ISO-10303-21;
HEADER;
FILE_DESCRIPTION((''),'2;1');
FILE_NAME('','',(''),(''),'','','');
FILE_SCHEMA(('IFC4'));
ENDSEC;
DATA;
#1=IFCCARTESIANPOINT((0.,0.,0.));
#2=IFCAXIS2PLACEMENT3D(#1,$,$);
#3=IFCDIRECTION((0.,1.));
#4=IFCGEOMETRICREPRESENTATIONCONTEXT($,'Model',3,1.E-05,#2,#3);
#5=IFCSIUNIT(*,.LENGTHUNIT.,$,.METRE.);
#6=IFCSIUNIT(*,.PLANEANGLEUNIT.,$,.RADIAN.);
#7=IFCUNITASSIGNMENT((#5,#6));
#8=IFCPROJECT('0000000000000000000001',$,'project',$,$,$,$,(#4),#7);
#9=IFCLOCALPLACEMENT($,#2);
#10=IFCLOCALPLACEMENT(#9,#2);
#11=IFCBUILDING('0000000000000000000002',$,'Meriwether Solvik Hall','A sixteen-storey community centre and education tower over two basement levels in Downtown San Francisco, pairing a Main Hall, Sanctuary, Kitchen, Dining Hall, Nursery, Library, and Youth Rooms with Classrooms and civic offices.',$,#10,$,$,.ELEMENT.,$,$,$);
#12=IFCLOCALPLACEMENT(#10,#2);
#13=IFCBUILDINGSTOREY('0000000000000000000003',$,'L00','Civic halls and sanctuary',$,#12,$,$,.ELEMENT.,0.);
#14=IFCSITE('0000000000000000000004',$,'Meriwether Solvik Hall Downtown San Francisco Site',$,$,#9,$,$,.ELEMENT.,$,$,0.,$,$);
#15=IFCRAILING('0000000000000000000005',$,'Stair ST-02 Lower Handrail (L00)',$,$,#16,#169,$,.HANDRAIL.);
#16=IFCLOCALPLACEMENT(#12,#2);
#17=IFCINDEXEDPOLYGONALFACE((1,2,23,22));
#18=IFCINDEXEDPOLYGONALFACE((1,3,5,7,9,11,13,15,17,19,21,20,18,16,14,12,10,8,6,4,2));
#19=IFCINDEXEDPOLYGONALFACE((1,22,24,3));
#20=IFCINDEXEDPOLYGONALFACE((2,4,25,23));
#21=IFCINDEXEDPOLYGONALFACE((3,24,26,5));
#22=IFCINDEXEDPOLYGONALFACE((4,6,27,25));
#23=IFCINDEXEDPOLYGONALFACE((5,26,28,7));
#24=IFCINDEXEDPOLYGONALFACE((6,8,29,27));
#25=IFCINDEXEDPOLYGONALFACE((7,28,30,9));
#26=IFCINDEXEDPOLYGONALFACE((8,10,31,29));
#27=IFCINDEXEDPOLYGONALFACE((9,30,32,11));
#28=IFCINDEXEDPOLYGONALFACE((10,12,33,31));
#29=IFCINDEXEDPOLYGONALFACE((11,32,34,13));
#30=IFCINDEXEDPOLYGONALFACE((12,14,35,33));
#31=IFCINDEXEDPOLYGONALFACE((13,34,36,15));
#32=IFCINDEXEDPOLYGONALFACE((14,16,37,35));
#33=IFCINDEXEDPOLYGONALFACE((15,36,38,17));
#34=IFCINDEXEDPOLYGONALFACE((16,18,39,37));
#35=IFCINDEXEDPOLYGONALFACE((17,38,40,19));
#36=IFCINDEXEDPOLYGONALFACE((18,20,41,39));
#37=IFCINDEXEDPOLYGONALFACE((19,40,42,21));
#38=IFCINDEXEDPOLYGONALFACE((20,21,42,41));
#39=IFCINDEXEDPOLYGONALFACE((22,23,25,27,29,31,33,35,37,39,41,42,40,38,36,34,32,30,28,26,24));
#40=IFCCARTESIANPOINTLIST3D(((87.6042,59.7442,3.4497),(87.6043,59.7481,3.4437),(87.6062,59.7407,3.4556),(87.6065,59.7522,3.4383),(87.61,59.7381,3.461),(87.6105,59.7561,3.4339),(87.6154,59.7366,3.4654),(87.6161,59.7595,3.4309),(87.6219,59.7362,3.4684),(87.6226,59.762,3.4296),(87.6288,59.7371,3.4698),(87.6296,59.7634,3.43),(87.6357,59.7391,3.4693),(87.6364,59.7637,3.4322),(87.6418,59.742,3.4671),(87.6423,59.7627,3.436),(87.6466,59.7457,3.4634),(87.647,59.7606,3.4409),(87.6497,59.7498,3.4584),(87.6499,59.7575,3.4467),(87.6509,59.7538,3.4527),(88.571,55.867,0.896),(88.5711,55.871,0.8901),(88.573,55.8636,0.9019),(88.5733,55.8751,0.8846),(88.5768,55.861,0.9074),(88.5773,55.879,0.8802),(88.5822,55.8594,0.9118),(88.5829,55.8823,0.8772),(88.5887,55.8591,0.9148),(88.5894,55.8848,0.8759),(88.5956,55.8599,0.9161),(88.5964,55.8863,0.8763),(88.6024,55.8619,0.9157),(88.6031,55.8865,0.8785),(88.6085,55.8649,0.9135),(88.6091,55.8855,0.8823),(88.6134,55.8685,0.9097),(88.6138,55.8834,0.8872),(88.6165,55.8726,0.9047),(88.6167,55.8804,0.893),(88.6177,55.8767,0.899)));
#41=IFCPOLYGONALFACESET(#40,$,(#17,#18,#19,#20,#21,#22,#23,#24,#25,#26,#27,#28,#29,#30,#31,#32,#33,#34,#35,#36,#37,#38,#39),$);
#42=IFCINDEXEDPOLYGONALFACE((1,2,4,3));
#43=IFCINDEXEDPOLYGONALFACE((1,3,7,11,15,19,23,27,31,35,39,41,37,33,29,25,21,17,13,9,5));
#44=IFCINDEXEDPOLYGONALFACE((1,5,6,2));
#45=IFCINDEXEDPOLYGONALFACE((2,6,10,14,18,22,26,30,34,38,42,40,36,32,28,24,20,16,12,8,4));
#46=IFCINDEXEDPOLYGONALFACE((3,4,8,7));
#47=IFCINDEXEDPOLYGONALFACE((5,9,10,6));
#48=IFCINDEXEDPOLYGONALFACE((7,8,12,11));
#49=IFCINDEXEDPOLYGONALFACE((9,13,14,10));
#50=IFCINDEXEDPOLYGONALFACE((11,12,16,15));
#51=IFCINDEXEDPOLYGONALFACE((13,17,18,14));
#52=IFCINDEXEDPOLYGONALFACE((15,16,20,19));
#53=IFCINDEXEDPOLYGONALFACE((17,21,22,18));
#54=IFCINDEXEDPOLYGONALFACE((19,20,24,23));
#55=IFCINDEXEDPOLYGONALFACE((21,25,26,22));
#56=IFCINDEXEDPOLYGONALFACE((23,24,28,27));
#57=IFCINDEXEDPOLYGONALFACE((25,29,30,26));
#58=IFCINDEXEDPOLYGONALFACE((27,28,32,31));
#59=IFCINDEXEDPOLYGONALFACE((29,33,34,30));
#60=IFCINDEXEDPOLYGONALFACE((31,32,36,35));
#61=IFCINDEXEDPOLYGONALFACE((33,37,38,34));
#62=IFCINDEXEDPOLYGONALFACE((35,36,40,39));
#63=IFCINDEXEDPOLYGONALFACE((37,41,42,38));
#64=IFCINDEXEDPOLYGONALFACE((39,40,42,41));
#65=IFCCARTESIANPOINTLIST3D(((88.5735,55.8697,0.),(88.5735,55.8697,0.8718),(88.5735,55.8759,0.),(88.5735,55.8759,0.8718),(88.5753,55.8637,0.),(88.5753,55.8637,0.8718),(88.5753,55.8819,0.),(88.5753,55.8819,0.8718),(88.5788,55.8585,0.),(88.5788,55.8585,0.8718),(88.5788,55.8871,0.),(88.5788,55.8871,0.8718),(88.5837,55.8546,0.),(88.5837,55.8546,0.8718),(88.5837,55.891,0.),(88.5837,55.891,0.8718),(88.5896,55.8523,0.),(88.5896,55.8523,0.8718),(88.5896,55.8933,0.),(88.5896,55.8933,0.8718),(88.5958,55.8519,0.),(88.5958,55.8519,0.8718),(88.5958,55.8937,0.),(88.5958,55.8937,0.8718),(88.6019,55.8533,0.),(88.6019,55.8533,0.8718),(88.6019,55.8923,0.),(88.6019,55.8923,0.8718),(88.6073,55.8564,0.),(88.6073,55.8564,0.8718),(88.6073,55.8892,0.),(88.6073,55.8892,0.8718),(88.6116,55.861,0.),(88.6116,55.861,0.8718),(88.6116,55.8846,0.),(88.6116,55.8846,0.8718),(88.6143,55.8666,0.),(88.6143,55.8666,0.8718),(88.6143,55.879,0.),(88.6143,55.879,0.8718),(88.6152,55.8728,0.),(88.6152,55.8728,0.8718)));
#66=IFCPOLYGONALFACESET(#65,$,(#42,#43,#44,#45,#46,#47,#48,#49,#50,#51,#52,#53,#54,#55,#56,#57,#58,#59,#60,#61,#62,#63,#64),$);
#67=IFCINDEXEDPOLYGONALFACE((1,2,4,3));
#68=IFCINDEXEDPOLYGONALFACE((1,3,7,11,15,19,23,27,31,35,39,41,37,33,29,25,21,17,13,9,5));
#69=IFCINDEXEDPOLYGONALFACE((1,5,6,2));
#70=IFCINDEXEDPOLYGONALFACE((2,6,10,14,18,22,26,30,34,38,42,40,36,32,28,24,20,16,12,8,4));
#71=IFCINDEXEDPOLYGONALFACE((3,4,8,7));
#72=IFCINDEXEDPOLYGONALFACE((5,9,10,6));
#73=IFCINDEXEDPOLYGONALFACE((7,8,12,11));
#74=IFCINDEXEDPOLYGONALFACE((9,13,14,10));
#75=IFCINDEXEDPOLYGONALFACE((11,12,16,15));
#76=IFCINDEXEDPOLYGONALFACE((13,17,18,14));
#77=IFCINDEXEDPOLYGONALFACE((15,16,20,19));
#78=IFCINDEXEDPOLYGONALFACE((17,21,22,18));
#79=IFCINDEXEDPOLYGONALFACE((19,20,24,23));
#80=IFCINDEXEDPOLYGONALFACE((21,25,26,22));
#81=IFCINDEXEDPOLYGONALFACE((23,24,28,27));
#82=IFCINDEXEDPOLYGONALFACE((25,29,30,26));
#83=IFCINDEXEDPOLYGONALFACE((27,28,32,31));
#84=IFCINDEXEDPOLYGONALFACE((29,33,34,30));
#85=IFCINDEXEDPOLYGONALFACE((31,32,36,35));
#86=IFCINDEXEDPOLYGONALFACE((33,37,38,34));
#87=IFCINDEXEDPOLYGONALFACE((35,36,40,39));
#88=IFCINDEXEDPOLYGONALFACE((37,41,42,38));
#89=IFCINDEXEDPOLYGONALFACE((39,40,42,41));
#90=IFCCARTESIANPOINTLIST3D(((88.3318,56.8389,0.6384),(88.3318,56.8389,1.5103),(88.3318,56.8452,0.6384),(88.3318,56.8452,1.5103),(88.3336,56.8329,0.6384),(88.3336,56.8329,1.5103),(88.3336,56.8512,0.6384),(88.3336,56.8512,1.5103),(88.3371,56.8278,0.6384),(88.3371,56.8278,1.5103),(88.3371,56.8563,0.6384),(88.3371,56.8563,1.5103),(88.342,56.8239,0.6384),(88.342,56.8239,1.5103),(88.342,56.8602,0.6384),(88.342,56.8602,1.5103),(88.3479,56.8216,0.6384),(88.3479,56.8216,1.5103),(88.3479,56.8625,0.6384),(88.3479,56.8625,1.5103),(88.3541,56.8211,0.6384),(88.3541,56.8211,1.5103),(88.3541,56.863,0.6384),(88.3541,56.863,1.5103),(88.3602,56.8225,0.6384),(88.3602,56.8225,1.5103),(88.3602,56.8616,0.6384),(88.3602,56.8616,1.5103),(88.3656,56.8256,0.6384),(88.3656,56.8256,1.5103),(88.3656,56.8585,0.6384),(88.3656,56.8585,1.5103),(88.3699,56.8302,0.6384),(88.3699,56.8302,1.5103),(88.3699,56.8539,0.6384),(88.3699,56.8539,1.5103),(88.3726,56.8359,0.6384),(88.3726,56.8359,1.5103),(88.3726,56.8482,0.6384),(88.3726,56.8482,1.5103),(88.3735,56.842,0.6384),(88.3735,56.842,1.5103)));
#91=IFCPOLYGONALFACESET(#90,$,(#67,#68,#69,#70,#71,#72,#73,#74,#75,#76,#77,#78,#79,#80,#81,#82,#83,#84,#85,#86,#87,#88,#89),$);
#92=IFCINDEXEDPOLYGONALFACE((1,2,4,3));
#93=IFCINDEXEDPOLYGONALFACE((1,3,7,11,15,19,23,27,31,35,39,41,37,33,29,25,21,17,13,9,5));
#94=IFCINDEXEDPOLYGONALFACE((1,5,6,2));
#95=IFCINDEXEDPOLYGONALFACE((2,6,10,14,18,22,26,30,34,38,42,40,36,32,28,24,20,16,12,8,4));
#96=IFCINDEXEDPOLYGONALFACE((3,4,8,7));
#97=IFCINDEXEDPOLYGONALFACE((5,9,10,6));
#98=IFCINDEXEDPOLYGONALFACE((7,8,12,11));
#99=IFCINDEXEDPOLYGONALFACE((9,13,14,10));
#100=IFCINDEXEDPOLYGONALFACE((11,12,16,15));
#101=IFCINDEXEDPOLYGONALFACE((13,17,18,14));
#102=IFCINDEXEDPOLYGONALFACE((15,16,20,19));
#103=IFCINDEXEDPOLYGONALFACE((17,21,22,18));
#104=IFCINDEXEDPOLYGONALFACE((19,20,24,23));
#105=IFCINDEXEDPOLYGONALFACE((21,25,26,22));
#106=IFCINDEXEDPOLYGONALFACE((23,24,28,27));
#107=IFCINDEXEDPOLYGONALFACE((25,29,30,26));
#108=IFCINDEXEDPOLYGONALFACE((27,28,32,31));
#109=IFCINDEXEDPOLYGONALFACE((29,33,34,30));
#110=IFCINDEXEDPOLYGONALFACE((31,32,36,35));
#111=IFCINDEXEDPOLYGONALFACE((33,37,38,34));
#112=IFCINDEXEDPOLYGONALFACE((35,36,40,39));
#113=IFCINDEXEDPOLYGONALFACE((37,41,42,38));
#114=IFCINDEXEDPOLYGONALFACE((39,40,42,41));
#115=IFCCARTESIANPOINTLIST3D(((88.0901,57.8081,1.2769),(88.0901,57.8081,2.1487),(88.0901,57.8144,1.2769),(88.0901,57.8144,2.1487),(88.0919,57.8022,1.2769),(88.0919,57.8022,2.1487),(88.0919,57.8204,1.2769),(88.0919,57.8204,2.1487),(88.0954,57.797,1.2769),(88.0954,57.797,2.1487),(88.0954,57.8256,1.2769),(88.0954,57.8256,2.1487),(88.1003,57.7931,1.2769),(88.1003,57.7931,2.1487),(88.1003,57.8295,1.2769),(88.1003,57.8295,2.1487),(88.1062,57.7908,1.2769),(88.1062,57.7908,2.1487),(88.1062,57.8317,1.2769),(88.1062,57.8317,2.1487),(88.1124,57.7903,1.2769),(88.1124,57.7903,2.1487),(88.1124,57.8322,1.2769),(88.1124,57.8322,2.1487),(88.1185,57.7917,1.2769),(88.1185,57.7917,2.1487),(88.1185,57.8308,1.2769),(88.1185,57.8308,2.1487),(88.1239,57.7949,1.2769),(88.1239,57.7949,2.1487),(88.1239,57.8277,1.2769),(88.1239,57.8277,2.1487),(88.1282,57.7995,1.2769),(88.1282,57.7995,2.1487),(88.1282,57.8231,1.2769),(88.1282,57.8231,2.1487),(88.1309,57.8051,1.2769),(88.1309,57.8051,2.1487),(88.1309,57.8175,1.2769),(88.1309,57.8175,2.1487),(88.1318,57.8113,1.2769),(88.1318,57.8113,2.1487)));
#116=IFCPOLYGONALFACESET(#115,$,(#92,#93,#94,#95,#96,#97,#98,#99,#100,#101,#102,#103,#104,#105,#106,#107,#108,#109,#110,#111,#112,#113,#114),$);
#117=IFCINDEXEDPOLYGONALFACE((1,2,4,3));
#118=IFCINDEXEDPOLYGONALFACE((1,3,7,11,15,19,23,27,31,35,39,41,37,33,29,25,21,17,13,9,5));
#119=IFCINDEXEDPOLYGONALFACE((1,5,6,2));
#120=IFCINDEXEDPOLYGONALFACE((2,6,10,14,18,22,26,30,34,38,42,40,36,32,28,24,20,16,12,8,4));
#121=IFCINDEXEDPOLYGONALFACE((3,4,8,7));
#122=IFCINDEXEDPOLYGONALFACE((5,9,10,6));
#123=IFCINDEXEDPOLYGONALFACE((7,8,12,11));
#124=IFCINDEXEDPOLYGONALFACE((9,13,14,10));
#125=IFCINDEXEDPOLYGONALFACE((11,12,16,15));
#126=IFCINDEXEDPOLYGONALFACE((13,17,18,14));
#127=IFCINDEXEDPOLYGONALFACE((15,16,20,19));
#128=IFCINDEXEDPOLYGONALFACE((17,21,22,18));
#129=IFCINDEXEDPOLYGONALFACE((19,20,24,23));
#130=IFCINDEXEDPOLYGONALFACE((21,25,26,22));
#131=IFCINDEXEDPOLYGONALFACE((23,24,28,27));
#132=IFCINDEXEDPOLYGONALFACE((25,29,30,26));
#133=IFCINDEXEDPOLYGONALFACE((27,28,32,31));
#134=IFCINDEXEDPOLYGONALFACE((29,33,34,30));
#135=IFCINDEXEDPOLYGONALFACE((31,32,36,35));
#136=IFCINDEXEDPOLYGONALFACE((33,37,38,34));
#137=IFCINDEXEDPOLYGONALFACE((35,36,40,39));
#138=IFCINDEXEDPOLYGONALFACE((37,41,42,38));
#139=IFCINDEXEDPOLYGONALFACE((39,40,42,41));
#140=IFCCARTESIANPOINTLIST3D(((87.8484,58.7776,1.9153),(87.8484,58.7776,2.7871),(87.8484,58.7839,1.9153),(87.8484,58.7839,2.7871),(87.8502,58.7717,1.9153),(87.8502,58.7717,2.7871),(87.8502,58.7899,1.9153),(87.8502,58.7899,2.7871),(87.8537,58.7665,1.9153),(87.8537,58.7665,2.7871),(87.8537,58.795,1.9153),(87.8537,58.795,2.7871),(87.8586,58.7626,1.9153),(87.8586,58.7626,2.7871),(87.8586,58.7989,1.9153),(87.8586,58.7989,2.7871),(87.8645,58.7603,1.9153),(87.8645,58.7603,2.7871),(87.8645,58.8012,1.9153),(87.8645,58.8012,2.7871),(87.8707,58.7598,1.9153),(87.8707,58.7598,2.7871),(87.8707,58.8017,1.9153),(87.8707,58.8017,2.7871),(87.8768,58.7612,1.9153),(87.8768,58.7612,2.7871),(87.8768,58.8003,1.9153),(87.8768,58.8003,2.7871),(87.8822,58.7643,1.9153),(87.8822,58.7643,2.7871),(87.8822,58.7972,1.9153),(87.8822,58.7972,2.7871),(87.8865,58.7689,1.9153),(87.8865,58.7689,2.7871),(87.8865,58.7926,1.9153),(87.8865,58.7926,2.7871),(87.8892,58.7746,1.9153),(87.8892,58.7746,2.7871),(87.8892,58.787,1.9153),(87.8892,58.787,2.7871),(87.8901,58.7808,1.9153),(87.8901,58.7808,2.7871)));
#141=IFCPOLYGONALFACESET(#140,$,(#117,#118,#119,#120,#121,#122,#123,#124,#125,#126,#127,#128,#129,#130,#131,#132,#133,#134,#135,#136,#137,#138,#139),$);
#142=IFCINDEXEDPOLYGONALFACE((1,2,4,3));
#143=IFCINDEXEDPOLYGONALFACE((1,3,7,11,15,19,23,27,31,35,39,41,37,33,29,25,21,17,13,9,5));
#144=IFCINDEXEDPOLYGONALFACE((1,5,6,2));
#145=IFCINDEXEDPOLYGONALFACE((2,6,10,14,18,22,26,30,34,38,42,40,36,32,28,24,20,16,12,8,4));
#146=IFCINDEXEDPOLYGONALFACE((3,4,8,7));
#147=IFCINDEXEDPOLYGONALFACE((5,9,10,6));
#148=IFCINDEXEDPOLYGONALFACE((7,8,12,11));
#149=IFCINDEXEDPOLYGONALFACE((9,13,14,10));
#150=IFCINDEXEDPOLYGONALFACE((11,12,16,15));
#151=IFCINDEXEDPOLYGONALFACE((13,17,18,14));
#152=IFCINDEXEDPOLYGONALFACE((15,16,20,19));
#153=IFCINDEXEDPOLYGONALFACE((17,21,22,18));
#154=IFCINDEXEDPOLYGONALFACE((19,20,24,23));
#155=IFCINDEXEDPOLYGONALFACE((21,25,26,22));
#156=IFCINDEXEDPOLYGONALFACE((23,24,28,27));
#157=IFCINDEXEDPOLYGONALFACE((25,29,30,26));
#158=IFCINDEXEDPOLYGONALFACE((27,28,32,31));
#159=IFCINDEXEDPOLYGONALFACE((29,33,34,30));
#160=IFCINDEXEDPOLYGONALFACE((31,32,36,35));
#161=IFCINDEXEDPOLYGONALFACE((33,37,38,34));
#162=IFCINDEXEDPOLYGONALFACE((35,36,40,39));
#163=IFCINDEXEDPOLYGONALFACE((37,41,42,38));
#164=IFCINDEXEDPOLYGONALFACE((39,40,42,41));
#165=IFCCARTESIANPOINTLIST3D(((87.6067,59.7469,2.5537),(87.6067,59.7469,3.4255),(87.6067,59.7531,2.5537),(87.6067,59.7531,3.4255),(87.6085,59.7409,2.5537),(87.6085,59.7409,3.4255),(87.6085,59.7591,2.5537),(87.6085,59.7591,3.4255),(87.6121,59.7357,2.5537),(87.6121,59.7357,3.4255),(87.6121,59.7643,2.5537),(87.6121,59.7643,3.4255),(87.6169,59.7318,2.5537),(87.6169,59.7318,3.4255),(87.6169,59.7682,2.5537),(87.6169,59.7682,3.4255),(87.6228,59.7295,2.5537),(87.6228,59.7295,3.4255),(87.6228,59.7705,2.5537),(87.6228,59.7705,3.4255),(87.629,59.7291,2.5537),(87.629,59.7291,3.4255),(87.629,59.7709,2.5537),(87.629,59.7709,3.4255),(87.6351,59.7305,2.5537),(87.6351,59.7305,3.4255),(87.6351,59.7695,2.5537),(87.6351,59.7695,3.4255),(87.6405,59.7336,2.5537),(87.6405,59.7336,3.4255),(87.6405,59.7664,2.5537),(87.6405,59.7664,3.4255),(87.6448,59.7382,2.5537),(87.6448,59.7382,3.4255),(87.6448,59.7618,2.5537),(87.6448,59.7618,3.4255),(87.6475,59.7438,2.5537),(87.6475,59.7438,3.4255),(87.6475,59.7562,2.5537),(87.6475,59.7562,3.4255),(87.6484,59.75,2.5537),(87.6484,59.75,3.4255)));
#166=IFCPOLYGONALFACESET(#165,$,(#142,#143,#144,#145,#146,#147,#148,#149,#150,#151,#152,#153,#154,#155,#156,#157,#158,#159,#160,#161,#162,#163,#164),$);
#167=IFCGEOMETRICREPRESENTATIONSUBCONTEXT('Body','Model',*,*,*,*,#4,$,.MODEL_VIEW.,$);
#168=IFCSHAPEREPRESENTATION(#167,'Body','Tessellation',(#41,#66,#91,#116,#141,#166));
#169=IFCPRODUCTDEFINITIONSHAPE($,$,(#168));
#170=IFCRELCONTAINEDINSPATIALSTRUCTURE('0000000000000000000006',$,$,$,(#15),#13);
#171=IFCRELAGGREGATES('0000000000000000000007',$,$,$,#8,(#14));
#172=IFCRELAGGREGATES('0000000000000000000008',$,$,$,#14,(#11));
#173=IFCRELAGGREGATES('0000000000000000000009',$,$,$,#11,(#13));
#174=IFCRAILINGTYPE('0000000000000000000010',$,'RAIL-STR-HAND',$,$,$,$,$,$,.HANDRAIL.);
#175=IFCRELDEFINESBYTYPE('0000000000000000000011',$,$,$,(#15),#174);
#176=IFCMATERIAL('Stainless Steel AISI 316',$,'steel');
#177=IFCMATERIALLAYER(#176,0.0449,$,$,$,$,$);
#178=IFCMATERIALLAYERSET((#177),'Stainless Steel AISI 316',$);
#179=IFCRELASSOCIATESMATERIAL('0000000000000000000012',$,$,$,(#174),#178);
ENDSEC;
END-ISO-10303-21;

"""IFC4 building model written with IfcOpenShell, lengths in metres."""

from ifc_helpers import new_model, si_unit, direction, frame, origin, origin_2d, place, context, subcontext, project, spatial, circle, extrude, material, layer, layer_set, type_object, element, save


model = new_model("IFC4")

# Units and contexts
model_context = context("Model", 3, precision=1e-05, world=origin(), true_north=direction((0.0, 1.0)))
body_context = subcontext(model_context, "Body", "Model", "MODEL_VIEW")
ifc_project = project(units=[si_unit("LENGTHUNIT", "METRE"), si_unit("PLANEANGLEUNIT", "RADIAN")], contexts=[model_context])

# Site, building, storey
site_placement = place(None, origin())
site = spatial("IfcSite", under=ifc_project, at=site_placement, Name="Meriwether Solvik Hall Downtown San Francisco Site", CompositionType="ELEMENT", RefElevation=0.0)
building_placement = place(site_placement, origin())
building = spatial("IfcBuilding", under=site, at=building_placement, Name="Meriwether Solvik Hall", Description="A sixteen-storey community centre and education tower over two basement levels in Downtown San Francisco, pairing a Main Hall, Sanctuary, Kitchen, Dining Hall, Nursery, Library, and Youth Rooms with Classrooms and civic offices.", CompositionType="ELEMENT")
storey_placement = place(building_placement, origin())
storey = spatial("IfcBuildingStorey", under=building, at=storey_placement, Name="L00", Description="Civic halls and sanctuary", CompositionType="ELEMENT", Elevation=0.0)

# Railing
ifc_material_1 = material(Name="Stainless Steel AISI 316", Category="steel")
ifc_layer_1 = layer(ifc_material_1, 0.0449)
ifc_layer_set_1 = layer_set([ifc_layer_1], Name="Stainless Steel AISI 316")
railing_type_1 = type_object("IfcRailingType", Name="RAIL-STR-HAND", PredefinedType="HANDRAIL", material=ifc_layer_set_1)
for number, where, name in (
    (1, (88.5942, 55.8728, 0.0), "Stair ST-02 Lower Handrail (L00)"),
):
    element("IfcRailing", number, at=place(storey_placement, frame(where)), inside=storey, type_object=railing_type_1, Name=name, PredefinedType="HANDRAIL", context=body_context, shape_type="SweptSolid", body=[
        extrude(circle(Radius=0.0239, at=origin_2d()), frame((0.0, 0.0, 0.896), z_axis=(-0.203869, 0.817589, 0.538504), x_axis=(-0.97029, -0.241946, 0.0)), (0.0, 0.0, 1.0), 4.7422),
        extrude(circle(Radius=0.021, at=origin_2d()), origin(), (0.0, 0.0, 1.0), 0.8718),
        extrude(circle(Radius=0.021, at=origin_2d()), frame((-0.2417, 0.9692, 0.6384)), (0.0, 0.0, 1.0), 0.8718),
        extrude(circle(Radius=0.021, at=origin_2d()), frame((-0.4834, 1.9385, 1.2769)), (0.0, 0.0, 1.0), 0.8718),
        extrude(circle(Radius=0.021, at=origin_2d()), frame((-0.7251, 2.908, 1.9153)), (0.0, 0.0, 1.0), 0.8718),
        extrude(circle(Radius=0.021, at=origin_2d()), frame((-0.9668, 3.8772, 2.5537)), (0.0, 0.0, 1.0), 0.8718),
    ])

save(model, "model.ifc")
